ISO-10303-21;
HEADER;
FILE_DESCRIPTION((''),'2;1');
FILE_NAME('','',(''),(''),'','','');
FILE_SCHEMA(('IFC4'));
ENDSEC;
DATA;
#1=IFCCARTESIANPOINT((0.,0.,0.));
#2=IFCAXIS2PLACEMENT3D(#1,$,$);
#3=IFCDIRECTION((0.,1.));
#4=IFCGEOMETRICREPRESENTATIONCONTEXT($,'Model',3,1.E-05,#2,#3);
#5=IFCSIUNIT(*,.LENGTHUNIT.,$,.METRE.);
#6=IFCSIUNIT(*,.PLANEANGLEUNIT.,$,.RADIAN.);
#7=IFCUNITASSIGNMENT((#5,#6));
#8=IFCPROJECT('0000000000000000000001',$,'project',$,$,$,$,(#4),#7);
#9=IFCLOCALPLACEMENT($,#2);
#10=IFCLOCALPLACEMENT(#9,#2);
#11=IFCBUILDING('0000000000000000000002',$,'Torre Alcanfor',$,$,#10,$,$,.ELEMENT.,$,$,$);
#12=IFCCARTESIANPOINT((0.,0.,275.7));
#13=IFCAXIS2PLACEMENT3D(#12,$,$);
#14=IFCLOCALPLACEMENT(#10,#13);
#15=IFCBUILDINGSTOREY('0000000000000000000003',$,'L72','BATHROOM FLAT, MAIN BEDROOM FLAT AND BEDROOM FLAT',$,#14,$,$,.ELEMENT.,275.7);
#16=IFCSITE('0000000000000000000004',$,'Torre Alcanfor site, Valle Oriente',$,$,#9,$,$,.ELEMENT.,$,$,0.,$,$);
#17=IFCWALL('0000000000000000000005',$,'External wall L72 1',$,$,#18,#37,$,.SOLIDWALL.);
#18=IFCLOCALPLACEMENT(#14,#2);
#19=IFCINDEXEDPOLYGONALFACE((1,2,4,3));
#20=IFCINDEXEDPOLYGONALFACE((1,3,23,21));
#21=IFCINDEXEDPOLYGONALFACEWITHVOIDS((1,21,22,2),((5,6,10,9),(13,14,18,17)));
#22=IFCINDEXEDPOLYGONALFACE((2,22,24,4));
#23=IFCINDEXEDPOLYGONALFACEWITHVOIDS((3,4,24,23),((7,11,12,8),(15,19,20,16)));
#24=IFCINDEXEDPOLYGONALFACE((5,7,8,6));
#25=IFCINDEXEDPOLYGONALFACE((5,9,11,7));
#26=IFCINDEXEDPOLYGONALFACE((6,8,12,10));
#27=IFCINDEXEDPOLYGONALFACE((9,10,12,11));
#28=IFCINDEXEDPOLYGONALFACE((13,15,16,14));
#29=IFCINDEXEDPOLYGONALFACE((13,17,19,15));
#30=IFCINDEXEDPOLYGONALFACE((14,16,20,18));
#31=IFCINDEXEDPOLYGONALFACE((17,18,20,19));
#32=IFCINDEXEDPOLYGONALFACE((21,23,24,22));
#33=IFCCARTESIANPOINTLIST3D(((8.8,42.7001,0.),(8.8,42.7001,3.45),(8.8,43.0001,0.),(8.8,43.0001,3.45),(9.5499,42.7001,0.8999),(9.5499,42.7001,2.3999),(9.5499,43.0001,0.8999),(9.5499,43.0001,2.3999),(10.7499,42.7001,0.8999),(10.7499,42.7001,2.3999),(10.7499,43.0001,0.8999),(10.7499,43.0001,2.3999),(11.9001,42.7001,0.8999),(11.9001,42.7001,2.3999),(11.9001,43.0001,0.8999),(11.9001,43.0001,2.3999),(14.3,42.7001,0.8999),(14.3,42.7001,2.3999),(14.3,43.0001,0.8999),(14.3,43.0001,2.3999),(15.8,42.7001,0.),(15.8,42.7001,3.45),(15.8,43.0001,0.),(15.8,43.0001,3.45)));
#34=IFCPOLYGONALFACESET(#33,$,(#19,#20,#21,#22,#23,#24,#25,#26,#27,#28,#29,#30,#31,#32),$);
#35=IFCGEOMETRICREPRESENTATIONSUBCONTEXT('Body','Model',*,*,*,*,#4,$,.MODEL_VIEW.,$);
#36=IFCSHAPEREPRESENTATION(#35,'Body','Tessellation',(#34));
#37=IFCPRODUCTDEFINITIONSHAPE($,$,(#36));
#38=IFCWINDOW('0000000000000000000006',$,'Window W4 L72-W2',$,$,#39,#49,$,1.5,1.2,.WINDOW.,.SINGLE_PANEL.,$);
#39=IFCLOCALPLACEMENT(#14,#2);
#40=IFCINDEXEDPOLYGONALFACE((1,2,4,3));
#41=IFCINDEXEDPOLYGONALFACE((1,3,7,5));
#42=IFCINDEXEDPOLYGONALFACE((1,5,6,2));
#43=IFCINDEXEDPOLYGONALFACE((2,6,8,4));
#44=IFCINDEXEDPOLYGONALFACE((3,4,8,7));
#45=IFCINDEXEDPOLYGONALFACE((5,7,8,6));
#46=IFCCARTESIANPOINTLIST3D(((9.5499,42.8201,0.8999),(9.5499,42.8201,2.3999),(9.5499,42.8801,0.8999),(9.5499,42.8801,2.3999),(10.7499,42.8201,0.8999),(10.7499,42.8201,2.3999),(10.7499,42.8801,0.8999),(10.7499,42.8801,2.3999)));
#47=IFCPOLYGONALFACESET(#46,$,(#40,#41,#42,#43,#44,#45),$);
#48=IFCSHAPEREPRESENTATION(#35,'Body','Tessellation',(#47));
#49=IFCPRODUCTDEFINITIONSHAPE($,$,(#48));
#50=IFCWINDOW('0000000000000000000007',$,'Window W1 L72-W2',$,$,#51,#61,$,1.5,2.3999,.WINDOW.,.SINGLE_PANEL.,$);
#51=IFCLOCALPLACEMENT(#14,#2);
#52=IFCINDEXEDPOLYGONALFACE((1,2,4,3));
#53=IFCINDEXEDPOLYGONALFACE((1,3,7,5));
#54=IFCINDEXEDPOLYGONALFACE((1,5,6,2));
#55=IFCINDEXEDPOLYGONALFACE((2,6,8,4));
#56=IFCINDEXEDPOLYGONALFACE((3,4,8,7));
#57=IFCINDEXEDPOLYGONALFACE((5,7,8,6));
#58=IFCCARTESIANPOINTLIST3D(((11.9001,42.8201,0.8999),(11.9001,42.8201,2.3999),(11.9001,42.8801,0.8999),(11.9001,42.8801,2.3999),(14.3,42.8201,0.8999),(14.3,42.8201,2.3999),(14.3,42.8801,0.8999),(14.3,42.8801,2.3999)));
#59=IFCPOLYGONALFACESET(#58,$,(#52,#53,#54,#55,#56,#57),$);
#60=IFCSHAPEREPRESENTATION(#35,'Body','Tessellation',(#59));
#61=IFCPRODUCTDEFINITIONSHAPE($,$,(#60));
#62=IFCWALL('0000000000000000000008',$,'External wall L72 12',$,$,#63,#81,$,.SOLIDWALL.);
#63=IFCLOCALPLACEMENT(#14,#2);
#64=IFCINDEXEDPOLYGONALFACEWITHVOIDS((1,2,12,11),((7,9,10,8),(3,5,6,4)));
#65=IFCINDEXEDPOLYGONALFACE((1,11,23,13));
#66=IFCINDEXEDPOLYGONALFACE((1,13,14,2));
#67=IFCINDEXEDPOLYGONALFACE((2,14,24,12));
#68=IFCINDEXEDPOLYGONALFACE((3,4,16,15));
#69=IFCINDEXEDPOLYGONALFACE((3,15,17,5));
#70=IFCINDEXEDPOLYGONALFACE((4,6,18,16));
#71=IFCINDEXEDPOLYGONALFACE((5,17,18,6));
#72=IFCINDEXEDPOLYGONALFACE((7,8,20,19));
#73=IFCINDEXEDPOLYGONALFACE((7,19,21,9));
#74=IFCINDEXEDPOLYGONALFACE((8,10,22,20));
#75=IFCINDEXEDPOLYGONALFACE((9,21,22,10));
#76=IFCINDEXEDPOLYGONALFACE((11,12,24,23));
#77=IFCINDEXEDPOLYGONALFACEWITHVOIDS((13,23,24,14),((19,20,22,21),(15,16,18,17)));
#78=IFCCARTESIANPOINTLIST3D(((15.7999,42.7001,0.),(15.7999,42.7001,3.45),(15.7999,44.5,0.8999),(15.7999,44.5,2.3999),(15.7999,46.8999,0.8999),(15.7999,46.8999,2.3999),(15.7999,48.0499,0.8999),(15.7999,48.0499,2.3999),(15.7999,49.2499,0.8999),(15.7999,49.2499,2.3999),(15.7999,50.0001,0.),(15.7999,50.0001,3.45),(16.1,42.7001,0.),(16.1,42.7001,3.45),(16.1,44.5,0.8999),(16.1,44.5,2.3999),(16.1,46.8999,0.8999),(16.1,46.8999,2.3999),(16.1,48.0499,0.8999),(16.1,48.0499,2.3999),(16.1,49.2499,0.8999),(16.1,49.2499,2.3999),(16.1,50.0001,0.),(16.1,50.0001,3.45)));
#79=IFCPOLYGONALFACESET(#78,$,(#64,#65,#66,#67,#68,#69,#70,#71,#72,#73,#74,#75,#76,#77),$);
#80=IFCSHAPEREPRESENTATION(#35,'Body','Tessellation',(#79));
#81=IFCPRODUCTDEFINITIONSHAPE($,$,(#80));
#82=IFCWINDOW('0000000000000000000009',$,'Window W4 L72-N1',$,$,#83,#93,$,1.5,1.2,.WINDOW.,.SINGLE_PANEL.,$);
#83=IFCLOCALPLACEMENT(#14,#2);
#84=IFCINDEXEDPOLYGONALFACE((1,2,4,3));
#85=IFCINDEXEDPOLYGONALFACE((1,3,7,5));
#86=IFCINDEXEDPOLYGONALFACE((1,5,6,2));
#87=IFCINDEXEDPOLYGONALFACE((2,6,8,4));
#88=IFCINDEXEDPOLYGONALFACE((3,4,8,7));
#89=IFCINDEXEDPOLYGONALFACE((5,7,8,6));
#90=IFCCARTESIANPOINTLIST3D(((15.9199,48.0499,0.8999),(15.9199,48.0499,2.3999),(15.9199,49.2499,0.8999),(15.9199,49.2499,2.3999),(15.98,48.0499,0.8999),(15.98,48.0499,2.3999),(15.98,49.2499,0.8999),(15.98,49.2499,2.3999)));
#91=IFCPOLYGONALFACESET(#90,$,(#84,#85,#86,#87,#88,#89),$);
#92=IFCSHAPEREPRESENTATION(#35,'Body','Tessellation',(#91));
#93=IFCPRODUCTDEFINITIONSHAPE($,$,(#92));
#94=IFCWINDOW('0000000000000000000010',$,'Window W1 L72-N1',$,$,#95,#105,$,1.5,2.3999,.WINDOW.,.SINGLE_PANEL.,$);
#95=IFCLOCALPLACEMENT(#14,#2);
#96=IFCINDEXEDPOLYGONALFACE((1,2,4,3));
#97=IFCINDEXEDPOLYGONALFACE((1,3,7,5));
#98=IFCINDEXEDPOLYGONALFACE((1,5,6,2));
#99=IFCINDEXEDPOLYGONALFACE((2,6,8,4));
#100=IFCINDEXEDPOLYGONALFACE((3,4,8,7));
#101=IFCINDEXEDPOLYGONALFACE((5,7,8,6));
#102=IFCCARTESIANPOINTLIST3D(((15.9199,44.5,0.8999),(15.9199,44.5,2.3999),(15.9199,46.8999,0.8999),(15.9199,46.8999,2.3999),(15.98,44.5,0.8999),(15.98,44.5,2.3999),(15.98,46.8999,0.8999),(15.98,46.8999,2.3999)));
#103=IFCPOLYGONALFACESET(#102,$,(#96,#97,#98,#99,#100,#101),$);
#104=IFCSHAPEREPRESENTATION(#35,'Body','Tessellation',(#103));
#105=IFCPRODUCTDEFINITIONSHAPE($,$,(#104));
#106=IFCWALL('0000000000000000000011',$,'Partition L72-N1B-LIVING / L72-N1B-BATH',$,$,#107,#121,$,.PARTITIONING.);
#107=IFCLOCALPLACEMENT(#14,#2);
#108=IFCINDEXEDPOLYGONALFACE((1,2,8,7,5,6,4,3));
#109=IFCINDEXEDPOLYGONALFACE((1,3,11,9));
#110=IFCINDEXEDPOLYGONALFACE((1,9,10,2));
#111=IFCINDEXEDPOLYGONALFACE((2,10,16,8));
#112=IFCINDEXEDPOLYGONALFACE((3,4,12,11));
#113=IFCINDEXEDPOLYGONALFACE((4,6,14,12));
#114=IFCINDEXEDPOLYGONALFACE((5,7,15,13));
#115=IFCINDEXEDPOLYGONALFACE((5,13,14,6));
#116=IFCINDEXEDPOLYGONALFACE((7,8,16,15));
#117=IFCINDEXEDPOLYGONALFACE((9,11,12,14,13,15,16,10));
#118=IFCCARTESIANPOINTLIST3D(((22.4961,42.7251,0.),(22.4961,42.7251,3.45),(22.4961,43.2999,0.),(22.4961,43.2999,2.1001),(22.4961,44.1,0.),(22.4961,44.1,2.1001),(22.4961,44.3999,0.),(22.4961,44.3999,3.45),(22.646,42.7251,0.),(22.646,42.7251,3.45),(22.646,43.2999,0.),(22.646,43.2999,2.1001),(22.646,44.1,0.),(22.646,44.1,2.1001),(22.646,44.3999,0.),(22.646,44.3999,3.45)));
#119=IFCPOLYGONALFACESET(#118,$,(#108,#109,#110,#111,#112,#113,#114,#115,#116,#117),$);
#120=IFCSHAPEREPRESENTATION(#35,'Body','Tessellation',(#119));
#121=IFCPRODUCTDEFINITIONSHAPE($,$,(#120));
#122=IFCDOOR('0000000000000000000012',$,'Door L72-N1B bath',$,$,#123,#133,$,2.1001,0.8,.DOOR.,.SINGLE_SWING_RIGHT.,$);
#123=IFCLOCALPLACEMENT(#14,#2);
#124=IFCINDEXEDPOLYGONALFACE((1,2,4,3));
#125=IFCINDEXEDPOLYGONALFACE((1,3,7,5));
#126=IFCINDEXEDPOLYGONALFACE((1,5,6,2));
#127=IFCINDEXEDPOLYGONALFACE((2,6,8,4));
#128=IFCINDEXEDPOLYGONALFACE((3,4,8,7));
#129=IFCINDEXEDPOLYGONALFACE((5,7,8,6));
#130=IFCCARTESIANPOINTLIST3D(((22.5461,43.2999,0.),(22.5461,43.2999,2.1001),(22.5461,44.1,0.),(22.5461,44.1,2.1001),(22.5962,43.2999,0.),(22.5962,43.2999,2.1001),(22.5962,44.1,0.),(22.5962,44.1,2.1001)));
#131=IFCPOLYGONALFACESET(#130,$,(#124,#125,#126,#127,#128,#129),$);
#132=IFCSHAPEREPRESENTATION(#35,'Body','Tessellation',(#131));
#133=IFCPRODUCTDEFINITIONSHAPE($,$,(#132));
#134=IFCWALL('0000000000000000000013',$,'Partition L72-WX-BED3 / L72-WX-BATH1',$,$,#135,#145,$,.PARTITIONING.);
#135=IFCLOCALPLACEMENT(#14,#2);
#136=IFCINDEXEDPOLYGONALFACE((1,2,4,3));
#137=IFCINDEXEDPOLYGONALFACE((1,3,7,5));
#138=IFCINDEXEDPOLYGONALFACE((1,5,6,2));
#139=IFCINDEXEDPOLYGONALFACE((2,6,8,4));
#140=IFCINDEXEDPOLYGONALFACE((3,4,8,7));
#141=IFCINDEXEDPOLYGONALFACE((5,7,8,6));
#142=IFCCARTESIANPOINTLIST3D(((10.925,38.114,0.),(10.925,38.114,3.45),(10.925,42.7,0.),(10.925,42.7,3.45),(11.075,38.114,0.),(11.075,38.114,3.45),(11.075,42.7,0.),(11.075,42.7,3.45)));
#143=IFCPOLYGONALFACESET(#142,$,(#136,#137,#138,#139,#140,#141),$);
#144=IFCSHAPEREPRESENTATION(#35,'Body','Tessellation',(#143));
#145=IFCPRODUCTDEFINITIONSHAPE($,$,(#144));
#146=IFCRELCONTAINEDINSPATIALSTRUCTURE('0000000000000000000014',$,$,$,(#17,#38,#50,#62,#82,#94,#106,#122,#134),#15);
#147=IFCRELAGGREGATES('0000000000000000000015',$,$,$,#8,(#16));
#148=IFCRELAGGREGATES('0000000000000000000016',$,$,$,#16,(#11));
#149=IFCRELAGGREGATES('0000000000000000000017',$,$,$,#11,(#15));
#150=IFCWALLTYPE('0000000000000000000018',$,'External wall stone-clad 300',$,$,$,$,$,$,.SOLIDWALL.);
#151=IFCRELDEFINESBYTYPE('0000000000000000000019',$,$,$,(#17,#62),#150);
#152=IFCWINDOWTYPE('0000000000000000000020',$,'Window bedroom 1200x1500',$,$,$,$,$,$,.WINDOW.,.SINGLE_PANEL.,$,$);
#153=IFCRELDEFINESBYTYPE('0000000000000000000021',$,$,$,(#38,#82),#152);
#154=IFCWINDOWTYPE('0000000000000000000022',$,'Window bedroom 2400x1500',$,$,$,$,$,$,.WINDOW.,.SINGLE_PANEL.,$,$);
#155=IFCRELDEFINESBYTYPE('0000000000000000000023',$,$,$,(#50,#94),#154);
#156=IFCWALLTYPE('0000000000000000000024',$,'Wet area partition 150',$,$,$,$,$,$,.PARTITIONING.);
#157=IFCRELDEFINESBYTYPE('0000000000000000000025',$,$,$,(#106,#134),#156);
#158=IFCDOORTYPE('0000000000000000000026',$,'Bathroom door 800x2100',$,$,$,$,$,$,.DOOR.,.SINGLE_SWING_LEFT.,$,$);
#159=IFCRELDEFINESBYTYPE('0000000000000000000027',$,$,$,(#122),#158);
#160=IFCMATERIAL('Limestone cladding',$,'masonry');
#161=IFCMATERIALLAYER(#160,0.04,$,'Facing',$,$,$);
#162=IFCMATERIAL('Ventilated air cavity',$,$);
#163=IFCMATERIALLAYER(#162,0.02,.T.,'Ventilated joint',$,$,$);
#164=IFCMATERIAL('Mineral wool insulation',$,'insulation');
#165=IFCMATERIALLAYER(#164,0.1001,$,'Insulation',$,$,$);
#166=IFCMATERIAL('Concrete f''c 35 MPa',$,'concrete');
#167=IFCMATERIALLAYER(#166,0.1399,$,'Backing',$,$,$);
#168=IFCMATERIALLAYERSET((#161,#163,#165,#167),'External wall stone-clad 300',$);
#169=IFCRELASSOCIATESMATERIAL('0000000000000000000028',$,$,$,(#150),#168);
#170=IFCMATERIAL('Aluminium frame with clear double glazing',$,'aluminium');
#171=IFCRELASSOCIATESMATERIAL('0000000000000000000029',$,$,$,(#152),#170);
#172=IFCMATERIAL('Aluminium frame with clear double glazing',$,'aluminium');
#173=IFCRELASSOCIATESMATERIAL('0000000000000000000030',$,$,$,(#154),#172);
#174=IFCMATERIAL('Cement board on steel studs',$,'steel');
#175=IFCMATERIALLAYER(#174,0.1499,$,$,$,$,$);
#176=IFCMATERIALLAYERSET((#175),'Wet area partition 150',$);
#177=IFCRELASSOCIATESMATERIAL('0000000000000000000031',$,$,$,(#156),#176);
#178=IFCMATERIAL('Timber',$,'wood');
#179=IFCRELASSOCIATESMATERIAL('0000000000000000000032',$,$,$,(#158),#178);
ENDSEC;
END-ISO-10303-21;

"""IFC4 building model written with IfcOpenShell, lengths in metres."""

from ifc_helpers import new_model, si_unit, direction, frame, frame_2d, origin, place, context, subcontext, project, spatial, rectangle, extrude, material, layer, layer_set, type_object, element, fill, save


model = new_model("IFC4")

# Units and contexts
model_context = context("Model", 3, precision=1e-05, world=origin(), true_north=direction((0.0, 1.0)))
body_context = subcontext(model_context, "Body", "Model", "MODEL_VIEW")
ifc_project = project(units=[si_unit("LENGTHUNIT", "METRE"), si_unit("PLANEANGLEUNIT", "RADIAN")], contexts=[model_context])

# Site, building, storey
site_placement = place(None, origin())
site = spatial("IfcSite", under=ifc_project, at=site_placement, Name="Torre Alcanfor site, Valle Oriente", CompositionType="ELEMENT", RefElevation=0.0)
building_placement = place(site_placement, origin())
building = spatial("IfcBuilding", under=site, at=building_placement, Name="Torre Alcanfor", CompositionType="ELEMENT")
storey_placement = place(building_placement, frame((0.0, 0.0, 275.7)))
storey = spatial("IfcBuildingStorey", under=building, at=storey_placement, Name="L72", Description="BATHROOM FLAT, MAIN BEDROOM FLAT AND BEDROOM FLAT", CompositionType="ELEMENT", Elevation=275.7)

# Walls, openings, windows
ifc_material_1 = material(Name="Limestone cladding", Category="masonry")
ifc_layer_1 = layer(ifc_material_1, 0.04, Name="Facing")
ifc_material_2 = material(Name="Ventilated air cavity")
ifc_layer_2 = layer(ifc_material_2, 0.02, ventilated=True, Name="Ventilated joint")
ifc_material_3 = material(Name="Mineral wool insulation", Category="insulation")
ifc_layer_3 = layer(ifc_material_3, 0.1001, Name="Insulation")
ifc_material_4 = material(Name="Concrete f'c 35 MPa", Category="concrete")
ifc_layer_4 = layer(ifc_material_4, 0.1399, Name="Backing")
ifc_layer_set_1 = layer_set([ifc_layer_1, ifc_layer_2, ifc_layer_3, ifc_layer_4], Name="External wall stone-clad 300")
wall_type_1 = type_object("IfcWallType", Name="External wall stone-clad 300", PredefinedType="SOLIDWALL", material=ifc_layer_set_1)
wall_1_placement = place(storey_placement, frame((15.8, 42.8501, 0.0), z_axis=(0.0, 0.0, 1.0), x_axis=(-1.0, 0.0, 0.0)))
wall_1 = element("IfcWall", 1, at=wall_1_placement, inside=storey, type_object=wall_type_1, Name="External wall L72 1", PredefinedType="SOLIDWALL", context=body_context, shape_type="SweptSolid", body=[
    extrude(rectangle(XDim=7.0, YDim=0.3, at=frame_2d((3.5, 0.0))), origin(), (0.0, 0.0, 1.0), 3.45),
])
opening_1_placement = place(wall_1_placement, frame((1.5, 0.0, 0.8999)))
opening_1 = element("IfcOpeningElement", 2, at=opening_1_placement, cuts=wall_1, PredefinedType="OPENING", context=body_context, shape_type="SweptSolid", body=[
    extrude(rectangle(XDim=2.3999, YDim=1.5, at=frame_2d((1.2, 0.75))), frame((0.0, 0.1599, 0.0), z_axis=(0.0, -1.0, 0.0), x_axis=(1.0, 0.0, 0.0)), (0.0, 0.0, 1.0), 0.3201),
])
opening_2_placement = place(wall_1_placement, frame((5.05, 0.0, 0.8999)))
opening_2 = element("IfcOpeningElement", 3, at=opening_2_placement, cuts=wall_1, PredefinedType="OPENING", context=body_context, shape_type="SweptSolid", body=[
    extrude(rectangle(XDim=1.2, YDim=1.5, at=frame_2d((0.6001, 0.75))), frame((0.0, 0.1599, 0.0), z_axis=(0.0, -1.0, 0.0), x_axis=(1.0, 0.0, 0.0)), (0.0, 0.0, 1.0), 0.3201),
])
ifc_material_5 = material(Name="Aluminium frame with clear double glazing", Category="aluminium")
window_type_1 = type_object("IfcWindowType", Name="Window bedroom 1200x1500", PartitioningType="SINGLE_PANEL", PredefinedType="WINDOW", material=ifc_material_5)
window_1_placement = place(opening_2_placement, origin())
window_1 = element("IfcWindow", 4, at=window_1_placement, inside=storey, type_object=window_type_1, Name="Window W4 L72-W2", OverallHeight=1.5, OverallWidth=1.2, PartitioningType="SINGLE_PANEL", PredefinedType="WINDOW", context=body_context, shape_type="SweptSolid", body=[
    extrude(rectangle(XDim=1.2, YDim=1.5, at=frame_2d((0.6001, 0.75))), frame((0.0, 0.03, 0.0), z_axis=(0.0, -1.0, 0.0), x_axis=(1.0, 0.0, 0.0)), (0.0, 0.0, 1.0), 0.0601),
])
fill(opening_2, window_1)
ifc_material_6 = material(Name="Aluminium frame with clear double glazing", Category="aluminium")
window_type_2 = type_object("IfcWindowType", Name="Window bedroom 2400x1500", PartitioningType="SINGLE_PANEL", PredefinedType="WINDOW", material=ifc_material_6)
window_2_placement = place(opening_1_placement, origin())
window_2 = element("IfcWindow", 5, at=window_2_placement, inside=storey, type_object=window_type_2, Name="Window W1 L72-W2", OverallHeight=1.5, OverallWidth=2.3999, PartitioningType="SINGLE_PANEL", PredefinedType="WINDOW", context=body_context, shape_type="SweptSolid", body=[
    extrude(rectangle(XDim=2.3999, YDim=1.5, at=frame_2d((1.2, 0.75))), frame((0.0, 0.03, 0.0), z_axis=(0.0, -1.0, 0.0), x_axis=(1.0, 0.0, 0.0)), (0.0, 0.0, 1.0), 0.0601),
])
fill(opening_1, window_2)
wall_2_placement = place(storey_placement, frame((15.95, 50.0, 0.0), z_axis=(0.0, 0.0, 1.0), x_axis=(0.0, -1.0, 0.0)))
wall_2 = element("IfcWall", 6, at=wall_2_placement, inside=storey, type_object=wall_type_1, Name="External wall L72 12", PredefinedType="SOLIDWALL", context=body_context, shape_type="SweptSolid", body=[
    extrude(rectangle(XDim=7.3, YDim=0.3, at=frame_2d((3.6499, 0.0))), origin(), (0.0, 0.0, 1.0), 3.45),
])
opening_3_placement = place(wall_2_placement, frame((3.1001, 0.0, 0.8999)))
opening_3 = element("IfcOpeningElement", 7, at=opening_3_placement, cuts=wall_2, PredefinedType="OPENING", context=body_context, shape_type="SweptSolid", body=[
    extrude(rectangle(XDim=2.3999, YDim=1.5, at=frame_2d((1.2, 0.75))), frame((0.0, 0.1599, 0.0), z_axis=(0.0, -1.0, 0.0), x_axis=(1.0, 0.0, 0.0)), (0.0, 0.0, 1.0), 0.3201),
])
opening_4_placement = place(wall_2_placement, frame((0.75, 0.0, 0.8999)))
opening_4 = element("IfcOpeningElement", 8, at=opening_4_placement, cuts=wall_2, PredefinedType="OPENING", context=body_context, shape_type="SweptSolid", body=[
    extrude(rectangle(XDim=1.2, YDim=1.5, at=frame_2d((0.6001, 0.75))), frame((0.0, 0.1599, 0.0), z_axis=(0.0, -1.0, 0.0), x_axis=(1.0, 0.0, 0.0)), (0.0, 0.0, 1.0), 0.3201),
])
window_3_placement = place(opening_4_placement, origin())
window_3 = element("IfcWindow", 9, at=window_3_placement, inside=storey, type_object=window_type_1, Name="Window W4 L72-N1", OverallHeight=1.5, OverallWidth=1.2, PartitioningType="SINGLE_PANEL", PredefinedType="WINDOW", context=body_context, shape_type="SweptSolid", body=[
    extrude(rectangle(XDim=1.2, YDim=1.5, at=frame_2d((0.6001, 0.75))), frame((0.0, 0.03, 0.0), z_axis=(0.0, -1.0, 0.0), x_axis=(1.0, 0.0, 0.0)), (0.0, 0.0, 1.0), 0.0601),
])
fill(opening_4, window_3)
window_4_placement = place(opening_3_placement, origin())
window_4 = element("IfcWindow", 10, at=window_4_placement, inside=storey, type_object=window_type_2, Name="Window W1 L72-N1", OverallHeight=1.5, OverallWidth=2.3999, PartitioningType="SINGLE_PANEL", PredefinedType="WINDOW", context=body_context, shape_type="SweptSolid", body=[
    extrude(rectangle(XDim=2.3999, YDim=1.5, at=frame_2d((1.2, 0.75))), frame((0.0, 0.03, 0.0), z_axis=(0.0, -1.0, 0.0), x_axis=(1.0, 0.0, 0.0)), (0.0, 0.0, 1.0), 0.0601),
])
fill(opening_3, window_4)

# Wall, opening, door
ifc_material_7 = material(Name="Cement board on steel studs", Category="steel")
ifc_layer_5 = layer(ifc_material_7, 0.1499)
ifc_layer_set_2 = layer_set([ifc_layer_5], Name="Wet area partition 150")
wall_type_2 = type_object("IfcWallType", Name="Wet area partition 150", PredefinedType="PARTITIONING", material=ifc_layer_set_2)
wall_3_placement = place(storey_placement, frame((22.571, 42.7251, 0.0), z_axis=(0.0, 0.0, 1.0), x_axis=(0.0, 1.0, 0.0)))
wall_3 = element("IfcWall", 11, at=wall_3_placement, inside=storey, type_object=wall_type_2, Name="Partition L72-N1B-LIVING / L72-N1B-BATH", PredefinedType="PARTITIONING", context=body_context, shape_type="SweptSolid", body=[
    extrude(rectangle(XDim=1.6748, YDim=0.1499, at=frame_2d((0.8374, 0.0))), origin(), (0.0, 0.0, 1.0), 3.45),
])
opening_5_placement = place(wall_3_placement, frame((0.575, 0.0, 0.0)))
opening_5 = element("IfcOpeningElement", 12, at=opening_5_placement, cuts=wall_3, PredefinedType="OPENING", context=body_context, shape_type="SweptSolid", body=[
    extrude(rectangle(XDim=0.8, YDim=2.1001, at=frame_2d((0.3999, 1.05))), frame((0.0, 0.085, 0.0), z_axis=(0.0, -1.0, 0.0), x_axis=(1.0, 0.0, 0.0)), (0.0, 0.0, 1.0), 0.1699),
])
ifc_material_8 = material(Name="Timber", Category="wood")
door_type_1 = type_object("IfcDoorType", Name="Bathroom door 800x2100", OperationType="SINGLE_SWING_LEFT", PredefinedType="DOOR", material=ifc_material_8)
door_1_placement = place(opening_5_placement, origin())
door_1 = element("IfcDoor", 13, at=door_1_placement, inside=storey, type_object=door_type_1, Name="Door L72-N1B bath", OperationType="SINGLE_SWING_RIGHT", OverallHeight=2.1001, OverallWidth=0.8, PredefinedType="DOOR", context=body_context, shape_type="SweptSolid", body=[
    extrude(rectangle(XDim=0.8, YDim=2.1001, at=frame_2d((0.3999, 1.05))), frame((0.0, 0.0249, 0.0), z_axis=(0.0, -1.0, 0.0), x_axis=(1.0, 0.0, 0.0)), (0.0, 0.0, 1.0), 0.05),
])
fill(opening_5, door_1)

# Wall
wall_4_placement = place(storey_placement, frame((11.0, 42.7, 0.0), z_axis=(0.0, 0.0, 1.0), x_axis=(0.0, -1.0, 0.0)))
element("IfcWall", 14, at=wall_4_placement, inside=storey, type_object=wall_type_2, Name="Partition L72-WX-BED3 / L72-WX-BATH1", PredefinedType="PARTITIONING", context=body_context, shape_type="SweptSolid", body=[
    extrude(rectangle(XDim=4.5859, YDim=0.1499, at=frame_2d((2.293, 0.0))), origin(), (0.0, 0.0, 1.0), 3.45),
])

save(model, "model.ifc")
